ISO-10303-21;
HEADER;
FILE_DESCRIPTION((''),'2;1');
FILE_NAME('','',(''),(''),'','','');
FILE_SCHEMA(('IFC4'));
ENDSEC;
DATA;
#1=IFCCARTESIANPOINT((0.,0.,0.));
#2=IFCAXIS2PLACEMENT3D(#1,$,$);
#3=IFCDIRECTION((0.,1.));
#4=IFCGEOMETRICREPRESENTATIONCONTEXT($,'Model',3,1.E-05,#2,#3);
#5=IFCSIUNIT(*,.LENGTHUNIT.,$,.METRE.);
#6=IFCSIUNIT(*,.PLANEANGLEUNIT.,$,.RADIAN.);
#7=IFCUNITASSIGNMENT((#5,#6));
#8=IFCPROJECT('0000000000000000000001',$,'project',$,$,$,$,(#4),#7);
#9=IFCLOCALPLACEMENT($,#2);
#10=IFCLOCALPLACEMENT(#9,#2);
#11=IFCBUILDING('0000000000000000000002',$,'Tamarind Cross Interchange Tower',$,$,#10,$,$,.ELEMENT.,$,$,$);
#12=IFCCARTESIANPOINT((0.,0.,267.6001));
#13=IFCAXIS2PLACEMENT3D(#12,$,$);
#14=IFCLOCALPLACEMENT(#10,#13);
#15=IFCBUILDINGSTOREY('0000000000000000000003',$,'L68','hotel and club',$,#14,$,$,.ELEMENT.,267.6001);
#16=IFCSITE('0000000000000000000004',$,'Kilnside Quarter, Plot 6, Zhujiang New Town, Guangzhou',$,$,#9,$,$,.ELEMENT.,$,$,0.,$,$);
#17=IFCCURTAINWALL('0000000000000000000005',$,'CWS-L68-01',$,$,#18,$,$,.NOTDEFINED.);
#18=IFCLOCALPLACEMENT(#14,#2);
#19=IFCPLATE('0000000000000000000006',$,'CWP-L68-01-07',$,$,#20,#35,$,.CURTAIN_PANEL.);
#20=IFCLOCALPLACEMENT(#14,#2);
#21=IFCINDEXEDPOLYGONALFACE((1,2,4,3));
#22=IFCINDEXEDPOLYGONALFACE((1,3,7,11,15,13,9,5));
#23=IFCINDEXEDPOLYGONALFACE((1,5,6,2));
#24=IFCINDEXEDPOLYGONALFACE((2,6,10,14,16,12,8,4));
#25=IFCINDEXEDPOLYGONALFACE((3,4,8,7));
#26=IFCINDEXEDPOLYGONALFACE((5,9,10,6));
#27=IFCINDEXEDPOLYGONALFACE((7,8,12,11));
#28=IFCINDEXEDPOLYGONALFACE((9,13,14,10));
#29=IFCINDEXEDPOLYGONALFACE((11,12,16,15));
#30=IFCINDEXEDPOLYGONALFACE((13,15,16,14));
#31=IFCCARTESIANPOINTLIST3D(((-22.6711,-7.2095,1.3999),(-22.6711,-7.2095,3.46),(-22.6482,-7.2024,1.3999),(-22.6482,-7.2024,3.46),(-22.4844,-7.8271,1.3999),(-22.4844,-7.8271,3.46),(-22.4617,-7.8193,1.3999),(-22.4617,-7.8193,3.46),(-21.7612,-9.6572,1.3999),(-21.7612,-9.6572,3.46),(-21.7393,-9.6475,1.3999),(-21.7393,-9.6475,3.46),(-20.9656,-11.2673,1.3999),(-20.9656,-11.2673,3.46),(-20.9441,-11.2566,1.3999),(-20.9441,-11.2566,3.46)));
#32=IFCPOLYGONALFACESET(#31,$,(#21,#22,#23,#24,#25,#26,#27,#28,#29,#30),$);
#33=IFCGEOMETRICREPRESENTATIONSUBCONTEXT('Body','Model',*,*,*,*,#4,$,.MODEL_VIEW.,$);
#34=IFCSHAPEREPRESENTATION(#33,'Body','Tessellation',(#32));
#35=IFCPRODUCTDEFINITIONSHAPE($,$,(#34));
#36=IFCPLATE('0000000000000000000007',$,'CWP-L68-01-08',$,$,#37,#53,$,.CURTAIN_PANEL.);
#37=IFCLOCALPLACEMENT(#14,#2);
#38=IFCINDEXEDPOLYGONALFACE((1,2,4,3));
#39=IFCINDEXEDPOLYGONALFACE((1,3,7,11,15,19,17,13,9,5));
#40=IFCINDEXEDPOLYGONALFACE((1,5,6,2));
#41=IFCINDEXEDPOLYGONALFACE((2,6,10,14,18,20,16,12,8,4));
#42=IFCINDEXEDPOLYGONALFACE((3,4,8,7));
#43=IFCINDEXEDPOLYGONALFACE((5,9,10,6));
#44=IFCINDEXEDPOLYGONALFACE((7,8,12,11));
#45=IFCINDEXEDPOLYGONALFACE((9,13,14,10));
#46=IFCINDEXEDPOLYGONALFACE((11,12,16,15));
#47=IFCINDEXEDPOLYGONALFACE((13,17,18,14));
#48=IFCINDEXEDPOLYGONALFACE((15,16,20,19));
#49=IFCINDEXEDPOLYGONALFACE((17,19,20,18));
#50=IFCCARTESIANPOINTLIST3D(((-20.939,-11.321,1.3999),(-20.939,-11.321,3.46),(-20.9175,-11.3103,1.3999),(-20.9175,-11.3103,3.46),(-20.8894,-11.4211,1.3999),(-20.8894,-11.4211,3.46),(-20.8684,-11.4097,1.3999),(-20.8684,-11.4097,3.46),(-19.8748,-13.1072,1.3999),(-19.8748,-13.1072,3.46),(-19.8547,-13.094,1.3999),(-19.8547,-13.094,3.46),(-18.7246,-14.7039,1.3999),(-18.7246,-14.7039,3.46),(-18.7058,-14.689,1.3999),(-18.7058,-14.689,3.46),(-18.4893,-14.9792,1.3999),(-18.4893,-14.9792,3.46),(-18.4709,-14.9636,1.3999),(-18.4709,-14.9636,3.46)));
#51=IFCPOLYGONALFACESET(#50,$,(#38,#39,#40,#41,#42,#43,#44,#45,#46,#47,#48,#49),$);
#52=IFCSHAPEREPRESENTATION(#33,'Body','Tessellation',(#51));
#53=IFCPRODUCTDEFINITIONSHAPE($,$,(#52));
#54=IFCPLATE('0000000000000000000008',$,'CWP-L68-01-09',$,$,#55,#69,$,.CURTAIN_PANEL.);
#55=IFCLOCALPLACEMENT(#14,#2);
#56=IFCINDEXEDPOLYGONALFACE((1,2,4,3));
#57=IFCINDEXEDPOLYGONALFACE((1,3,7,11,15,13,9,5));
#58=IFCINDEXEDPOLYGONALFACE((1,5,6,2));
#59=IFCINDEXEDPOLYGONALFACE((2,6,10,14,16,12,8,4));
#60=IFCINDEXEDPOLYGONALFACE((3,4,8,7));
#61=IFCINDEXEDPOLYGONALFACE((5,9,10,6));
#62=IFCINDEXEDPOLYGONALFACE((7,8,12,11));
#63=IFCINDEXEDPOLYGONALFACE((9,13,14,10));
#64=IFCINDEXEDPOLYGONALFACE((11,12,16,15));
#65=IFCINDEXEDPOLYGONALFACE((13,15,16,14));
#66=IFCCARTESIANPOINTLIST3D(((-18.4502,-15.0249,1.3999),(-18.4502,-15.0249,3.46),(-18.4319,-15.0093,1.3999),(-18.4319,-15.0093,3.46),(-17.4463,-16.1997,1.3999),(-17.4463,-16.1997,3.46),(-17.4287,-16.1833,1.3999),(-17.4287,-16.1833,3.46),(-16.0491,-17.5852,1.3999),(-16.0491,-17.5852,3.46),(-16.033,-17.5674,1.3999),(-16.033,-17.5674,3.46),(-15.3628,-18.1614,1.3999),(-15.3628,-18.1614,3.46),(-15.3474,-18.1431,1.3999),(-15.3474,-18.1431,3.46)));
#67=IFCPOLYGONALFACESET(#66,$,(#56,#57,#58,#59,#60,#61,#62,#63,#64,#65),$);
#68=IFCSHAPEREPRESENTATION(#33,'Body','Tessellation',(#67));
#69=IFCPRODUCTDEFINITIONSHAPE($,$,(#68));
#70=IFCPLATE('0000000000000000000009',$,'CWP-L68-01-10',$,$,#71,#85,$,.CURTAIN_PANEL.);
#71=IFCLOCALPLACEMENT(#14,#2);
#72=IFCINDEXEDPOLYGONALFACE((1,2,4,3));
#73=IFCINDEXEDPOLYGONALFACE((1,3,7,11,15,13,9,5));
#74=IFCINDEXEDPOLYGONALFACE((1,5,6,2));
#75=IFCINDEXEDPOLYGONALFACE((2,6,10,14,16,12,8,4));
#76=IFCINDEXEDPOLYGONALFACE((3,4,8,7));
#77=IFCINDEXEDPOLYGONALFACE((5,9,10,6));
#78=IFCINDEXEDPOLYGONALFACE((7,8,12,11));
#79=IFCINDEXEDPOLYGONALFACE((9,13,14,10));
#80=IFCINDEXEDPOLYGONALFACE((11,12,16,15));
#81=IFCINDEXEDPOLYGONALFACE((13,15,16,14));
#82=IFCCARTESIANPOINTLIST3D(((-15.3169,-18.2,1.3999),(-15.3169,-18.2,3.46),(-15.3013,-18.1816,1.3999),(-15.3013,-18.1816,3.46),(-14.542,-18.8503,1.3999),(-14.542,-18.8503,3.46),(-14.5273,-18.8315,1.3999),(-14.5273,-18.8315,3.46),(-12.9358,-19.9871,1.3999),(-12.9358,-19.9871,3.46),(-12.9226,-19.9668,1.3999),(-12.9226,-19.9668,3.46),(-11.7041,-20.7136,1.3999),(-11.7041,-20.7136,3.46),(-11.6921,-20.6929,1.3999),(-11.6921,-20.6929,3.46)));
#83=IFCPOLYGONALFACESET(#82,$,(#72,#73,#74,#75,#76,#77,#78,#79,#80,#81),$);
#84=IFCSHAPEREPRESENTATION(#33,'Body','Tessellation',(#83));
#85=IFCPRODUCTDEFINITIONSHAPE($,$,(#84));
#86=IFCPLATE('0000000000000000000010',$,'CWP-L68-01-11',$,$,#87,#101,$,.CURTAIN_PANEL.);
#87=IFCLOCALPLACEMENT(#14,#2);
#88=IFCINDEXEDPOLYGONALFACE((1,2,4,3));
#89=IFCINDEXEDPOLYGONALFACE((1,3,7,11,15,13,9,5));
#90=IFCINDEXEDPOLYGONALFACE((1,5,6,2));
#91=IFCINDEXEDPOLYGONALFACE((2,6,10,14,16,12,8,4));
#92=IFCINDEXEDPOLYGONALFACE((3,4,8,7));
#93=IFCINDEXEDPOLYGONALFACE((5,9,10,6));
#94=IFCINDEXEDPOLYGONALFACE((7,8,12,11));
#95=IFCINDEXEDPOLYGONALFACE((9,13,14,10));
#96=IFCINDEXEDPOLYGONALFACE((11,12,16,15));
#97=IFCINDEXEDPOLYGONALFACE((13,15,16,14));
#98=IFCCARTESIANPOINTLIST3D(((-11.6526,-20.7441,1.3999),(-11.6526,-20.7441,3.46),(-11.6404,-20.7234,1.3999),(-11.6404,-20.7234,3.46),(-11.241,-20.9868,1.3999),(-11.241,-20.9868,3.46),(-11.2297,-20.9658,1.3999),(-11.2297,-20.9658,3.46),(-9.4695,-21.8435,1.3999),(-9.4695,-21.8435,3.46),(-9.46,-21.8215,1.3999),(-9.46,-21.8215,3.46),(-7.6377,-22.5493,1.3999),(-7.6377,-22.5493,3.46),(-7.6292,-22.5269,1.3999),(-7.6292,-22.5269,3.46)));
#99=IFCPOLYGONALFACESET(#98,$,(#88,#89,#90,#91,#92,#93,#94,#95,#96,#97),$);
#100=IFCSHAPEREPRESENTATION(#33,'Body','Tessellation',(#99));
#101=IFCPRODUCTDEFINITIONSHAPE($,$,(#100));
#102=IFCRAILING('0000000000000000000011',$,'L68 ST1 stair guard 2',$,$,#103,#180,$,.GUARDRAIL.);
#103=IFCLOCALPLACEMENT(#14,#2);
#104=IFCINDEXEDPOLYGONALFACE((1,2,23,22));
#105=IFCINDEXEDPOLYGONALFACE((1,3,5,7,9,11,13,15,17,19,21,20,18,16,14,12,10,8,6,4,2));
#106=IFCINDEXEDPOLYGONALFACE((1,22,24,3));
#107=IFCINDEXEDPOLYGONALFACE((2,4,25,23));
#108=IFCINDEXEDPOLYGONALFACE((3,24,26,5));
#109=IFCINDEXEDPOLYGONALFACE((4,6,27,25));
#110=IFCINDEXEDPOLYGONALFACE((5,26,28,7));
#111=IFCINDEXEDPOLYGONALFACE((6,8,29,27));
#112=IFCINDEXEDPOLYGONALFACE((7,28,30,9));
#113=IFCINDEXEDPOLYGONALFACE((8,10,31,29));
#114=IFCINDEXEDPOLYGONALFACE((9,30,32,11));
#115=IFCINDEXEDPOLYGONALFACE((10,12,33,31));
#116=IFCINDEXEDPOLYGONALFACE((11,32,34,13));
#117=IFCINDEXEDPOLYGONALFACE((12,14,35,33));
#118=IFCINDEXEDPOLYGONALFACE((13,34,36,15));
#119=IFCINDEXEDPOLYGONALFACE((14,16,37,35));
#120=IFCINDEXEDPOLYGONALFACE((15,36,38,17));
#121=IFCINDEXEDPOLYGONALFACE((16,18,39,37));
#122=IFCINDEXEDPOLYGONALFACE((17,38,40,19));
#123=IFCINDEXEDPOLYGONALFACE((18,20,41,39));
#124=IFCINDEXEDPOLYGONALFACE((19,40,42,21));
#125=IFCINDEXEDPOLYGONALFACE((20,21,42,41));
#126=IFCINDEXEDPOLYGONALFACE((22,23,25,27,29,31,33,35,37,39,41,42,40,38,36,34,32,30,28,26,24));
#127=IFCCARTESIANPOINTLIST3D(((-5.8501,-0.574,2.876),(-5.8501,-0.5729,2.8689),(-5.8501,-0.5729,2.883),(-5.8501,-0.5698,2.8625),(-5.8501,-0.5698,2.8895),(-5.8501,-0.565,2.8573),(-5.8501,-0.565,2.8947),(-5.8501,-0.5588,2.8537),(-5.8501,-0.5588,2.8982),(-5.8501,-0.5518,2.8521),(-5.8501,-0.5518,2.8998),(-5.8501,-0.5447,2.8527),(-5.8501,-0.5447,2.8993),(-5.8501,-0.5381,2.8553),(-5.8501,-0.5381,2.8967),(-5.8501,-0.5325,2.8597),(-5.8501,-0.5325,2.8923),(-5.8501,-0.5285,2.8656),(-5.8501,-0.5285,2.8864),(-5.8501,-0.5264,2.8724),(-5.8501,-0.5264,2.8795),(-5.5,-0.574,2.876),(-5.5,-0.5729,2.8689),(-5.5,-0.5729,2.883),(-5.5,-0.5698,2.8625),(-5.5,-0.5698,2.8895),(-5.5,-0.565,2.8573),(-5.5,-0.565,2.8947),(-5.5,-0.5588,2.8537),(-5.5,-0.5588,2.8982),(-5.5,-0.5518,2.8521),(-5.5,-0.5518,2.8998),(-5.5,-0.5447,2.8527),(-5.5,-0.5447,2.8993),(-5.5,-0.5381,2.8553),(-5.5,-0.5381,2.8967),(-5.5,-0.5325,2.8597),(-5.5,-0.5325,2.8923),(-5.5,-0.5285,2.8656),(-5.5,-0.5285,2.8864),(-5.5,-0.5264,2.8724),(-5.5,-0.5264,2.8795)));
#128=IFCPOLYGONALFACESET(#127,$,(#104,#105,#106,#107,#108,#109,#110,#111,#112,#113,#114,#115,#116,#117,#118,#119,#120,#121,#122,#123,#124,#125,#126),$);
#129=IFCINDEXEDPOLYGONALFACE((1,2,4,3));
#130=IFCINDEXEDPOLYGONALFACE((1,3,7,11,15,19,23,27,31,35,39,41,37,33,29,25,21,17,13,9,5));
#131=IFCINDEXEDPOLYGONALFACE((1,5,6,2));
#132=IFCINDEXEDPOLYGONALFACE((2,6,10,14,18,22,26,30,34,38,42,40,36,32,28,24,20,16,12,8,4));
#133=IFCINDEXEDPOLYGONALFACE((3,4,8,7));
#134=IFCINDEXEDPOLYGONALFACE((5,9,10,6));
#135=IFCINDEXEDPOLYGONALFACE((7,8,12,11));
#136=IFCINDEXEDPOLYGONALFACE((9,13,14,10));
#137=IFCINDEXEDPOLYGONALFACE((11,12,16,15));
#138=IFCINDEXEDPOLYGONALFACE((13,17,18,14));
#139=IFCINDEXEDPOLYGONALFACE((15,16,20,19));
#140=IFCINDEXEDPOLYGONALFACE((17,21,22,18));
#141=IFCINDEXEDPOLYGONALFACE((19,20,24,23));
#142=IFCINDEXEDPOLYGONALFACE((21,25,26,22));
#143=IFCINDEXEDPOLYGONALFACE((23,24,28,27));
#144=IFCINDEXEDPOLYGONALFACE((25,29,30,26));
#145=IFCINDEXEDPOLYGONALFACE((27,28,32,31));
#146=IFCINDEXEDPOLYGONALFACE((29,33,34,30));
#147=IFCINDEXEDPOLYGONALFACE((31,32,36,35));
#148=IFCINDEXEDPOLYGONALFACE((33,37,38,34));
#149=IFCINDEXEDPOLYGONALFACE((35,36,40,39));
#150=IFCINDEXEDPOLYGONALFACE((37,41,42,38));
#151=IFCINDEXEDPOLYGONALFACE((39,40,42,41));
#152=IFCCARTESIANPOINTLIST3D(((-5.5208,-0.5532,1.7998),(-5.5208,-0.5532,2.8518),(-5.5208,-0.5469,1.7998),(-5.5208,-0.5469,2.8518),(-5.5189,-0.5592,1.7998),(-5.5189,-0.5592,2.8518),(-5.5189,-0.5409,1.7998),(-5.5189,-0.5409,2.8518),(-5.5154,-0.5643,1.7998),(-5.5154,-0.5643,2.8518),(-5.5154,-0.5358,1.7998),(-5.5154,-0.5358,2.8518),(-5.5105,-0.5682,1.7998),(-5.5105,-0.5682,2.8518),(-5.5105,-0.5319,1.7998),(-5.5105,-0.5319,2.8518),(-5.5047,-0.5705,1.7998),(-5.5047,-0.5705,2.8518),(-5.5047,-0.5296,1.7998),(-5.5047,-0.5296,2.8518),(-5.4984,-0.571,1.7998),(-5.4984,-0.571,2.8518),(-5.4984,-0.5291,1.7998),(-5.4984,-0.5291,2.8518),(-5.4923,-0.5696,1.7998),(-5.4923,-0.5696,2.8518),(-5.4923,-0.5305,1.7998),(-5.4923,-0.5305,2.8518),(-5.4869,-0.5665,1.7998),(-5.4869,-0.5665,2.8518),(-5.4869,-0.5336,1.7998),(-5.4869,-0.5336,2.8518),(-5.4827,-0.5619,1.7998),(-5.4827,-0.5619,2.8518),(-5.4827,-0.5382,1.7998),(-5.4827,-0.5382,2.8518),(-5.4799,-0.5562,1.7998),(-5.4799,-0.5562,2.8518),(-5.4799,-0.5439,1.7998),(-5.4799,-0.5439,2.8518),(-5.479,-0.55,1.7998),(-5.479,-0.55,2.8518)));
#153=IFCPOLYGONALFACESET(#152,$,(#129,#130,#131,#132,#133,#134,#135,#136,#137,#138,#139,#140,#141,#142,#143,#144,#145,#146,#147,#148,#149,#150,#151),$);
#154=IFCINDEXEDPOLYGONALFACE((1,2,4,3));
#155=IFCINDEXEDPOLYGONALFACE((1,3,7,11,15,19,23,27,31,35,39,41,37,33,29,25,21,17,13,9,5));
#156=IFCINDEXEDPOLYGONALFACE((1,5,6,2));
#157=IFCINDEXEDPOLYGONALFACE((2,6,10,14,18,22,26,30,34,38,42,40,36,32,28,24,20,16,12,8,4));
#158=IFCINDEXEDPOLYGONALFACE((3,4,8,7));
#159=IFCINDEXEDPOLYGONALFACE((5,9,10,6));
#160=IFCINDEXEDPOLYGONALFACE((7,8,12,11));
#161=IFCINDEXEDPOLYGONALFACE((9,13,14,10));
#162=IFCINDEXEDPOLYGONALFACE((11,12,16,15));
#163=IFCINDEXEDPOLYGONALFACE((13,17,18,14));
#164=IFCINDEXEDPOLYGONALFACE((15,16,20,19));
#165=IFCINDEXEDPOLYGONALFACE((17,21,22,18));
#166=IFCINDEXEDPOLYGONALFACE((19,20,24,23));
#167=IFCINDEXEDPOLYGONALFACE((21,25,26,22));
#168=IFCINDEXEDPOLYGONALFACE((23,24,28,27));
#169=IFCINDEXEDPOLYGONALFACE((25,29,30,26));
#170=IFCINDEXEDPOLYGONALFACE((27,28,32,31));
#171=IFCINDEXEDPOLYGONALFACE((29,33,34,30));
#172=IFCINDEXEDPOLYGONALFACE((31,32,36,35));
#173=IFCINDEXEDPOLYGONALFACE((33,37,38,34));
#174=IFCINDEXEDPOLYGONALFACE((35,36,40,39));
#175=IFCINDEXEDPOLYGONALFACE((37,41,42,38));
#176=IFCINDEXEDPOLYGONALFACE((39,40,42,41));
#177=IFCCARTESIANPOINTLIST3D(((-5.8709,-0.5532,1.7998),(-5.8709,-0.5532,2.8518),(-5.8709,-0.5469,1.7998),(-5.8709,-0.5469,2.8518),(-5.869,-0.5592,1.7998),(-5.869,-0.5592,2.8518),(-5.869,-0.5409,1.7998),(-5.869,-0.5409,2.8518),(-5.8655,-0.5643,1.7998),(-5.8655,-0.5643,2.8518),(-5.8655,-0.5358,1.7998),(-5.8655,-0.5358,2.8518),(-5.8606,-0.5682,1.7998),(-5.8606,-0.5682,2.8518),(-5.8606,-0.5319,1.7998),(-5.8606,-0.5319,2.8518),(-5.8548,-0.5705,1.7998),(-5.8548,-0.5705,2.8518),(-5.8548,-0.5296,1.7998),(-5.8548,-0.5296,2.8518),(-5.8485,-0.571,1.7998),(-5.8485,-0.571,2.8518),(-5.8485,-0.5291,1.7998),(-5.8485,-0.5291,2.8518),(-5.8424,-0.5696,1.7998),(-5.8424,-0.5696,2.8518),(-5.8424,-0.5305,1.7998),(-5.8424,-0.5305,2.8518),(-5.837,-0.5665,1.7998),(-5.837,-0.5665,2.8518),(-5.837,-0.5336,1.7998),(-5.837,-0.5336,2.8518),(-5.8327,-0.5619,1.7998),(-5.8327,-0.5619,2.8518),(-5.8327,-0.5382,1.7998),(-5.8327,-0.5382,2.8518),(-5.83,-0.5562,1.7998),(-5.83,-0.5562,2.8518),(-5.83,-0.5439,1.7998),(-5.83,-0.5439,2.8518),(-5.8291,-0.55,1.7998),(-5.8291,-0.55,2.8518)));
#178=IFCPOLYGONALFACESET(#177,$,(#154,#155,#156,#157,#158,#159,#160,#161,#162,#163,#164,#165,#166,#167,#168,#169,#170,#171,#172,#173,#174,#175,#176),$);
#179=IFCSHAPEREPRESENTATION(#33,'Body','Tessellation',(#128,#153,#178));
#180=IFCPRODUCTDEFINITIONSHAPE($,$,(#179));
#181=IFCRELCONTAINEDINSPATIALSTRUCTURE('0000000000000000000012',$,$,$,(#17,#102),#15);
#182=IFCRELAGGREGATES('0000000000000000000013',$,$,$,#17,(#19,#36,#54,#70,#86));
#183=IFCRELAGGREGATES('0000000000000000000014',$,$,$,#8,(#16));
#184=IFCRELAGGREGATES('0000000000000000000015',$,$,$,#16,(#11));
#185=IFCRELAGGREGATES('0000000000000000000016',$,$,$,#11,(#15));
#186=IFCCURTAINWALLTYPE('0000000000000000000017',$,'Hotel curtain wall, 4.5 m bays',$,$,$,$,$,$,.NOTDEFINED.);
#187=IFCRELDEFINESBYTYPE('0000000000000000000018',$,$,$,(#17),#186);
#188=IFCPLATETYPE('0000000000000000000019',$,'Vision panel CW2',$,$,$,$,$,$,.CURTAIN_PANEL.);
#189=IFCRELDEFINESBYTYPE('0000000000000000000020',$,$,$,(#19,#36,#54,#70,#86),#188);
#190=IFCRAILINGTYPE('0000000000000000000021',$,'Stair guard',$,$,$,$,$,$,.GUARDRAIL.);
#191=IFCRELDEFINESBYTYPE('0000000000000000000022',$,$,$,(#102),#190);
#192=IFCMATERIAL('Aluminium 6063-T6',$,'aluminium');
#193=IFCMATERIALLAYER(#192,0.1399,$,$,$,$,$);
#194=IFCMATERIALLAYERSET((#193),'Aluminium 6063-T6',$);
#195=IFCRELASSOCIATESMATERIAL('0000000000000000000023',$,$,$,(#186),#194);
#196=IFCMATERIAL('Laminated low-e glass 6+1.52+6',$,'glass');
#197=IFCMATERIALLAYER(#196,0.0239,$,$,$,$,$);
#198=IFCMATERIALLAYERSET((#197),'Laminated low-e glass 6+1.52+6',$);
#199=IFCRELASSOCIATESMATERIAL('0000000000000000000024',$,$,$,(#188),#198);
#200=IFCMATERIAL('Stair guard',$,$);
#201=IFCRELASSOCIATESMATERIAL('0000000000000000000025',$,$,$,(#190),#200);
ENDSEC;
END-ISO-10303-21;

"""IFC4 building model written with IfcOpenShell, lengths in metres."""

from ifc_helpers import new_model, si_unit, direction, frame, origin, origin_2d, place, context, subcontext, project, spatial, polyline, circle, outline, extrude, material, layer, layer_set, type_object, element, aggregate, save


model = new_model("IFC4")

# Units and contexts
model_context = context("Model", 3, precision=1e-05, world=origin(), true_north=direction((0.0, 1.0)))
body_context = subcontext(model_context, "Body", "Model", "MODEL_VIEW")
ifc_project = project(units=[si_unit("LENGTHUNIT", "METRE"), si_unit("PLANEANGLEUNIT", "RADIAN")], contexts=[model_context])

# Site, building, storey
site_placement = place(None, origin())
site = spatial("IfcSite", under=ifc_project, at=site_placement, Name="Kilnside Quarter, Plot 6, Zhujiang New Town, Guangzhou", CompositionType="ELEMENT", RefElevation=0.0)
building_placement = place(site_placement, origin())
building = spatial("IfcBuilding", under=site, at=building_placement, Name="Tamarind Cross Interchange Tower", CompositionType="ELEMENT")
storey_placement = place(building_placement, frame((0.0, 0.0, 267.6001)))
storey = spatial("IfcBuildingStorey", under=building, at=storey_placement, Name="L68", Description="hotel and club", CompositionType="ELEMENT", Elevation=267.6001)

# Shared definitions
ifc_material_1 = material(Name="Aluminium 6063-T6", Category="aluminium")
ifc_layer_1 = layer(ifc_material_1, 0.1399)
ifc_layer_set_1 = layer_set([ifc_layer_1], Name="Aluminium 6063-T6")
curtain_wall_type = type_object("IfcCurtainWallType", Name="Hotel curtain wall, 4.5 m bays", PredefinedType="NOTDEFINED", material=ifc_layer_set_1)

# Shared definitions
ifc_material_2 = material(Name="Laminated low-e glass 6+1.52+6", Category="glass")
ifc_layer_2 = layer(ifc_material_2, 0.0239)
ifc_layer_set_2 = layer_set([ifc_layer_2], Name="Laminated low-e glass 6+1.52+6")
plate_type = type_object("IfcPlateType", Name="Vision panel CW2", PredefinedType="CURTAIN_PANEL", material=ifc_layer_set_2)

# Curtain wall, plates
curtain_wall_1_placement = place(storey_placement, origin())
curtain_wall_1 = element("IfcCurtainWall", 1, at=curtain_wall_1_placement, inside=storey, type_object=curtain_wall_type, Name="CWS-L68-01", PredefinedType="NOTDEFINED")
plate_1_placement = place(storey_placement, frame((0.0, 0.0, 1.3999)))
plate_1 = element("IfcPlate", 2, at=plate_1_placement, type_object=plate_type, Name="CWP-L68-01-07", PredefinedType="CURTAIN_PANEL", context=body_context, shape_type="SweptSolid", body=[
    extrude(outline(polyline([(-22.6482, -7.2024), (-22.4617, -7.8193), (-21.7393, -9.6475), (-20.9441, -11.2566), (-20.9656, -11.2673), (-21.7612, -9.6572), (-22.4844, -7.8271), (-22.6711, -7.2095), (-22.6482, -7.2024)])), origin(), (0.0, 0.0, 1.0), 2.0601),
])
plate_2_placement = place(storey_placement, frame((0.0, 0.0, 1.3999)))
plate_2 = element("IfcPlate", 3, at=plate_2_placement, type_object=plate_type, Name="CWP-L68-01-08", PredefinedType="CURTAIN_PANEL", context=body_context, shape_type="SweptSolid", body=[
    extrude(outline(polyline([(-20.9175, -11.3103), (-20.8684, -11.4097), (-19.8547, -13.094), (-18.7058, -14.689), (-18.4709, -14.9636), (-18.4893, -14.9792), (-18.7246, -14.7039), (-19.8748, -13.1072), (-20.8894, -11.4211), (-20.939, -11.321), (-20.9175, -11.3103)])), origin(), (0.0, 0.0, 1.0), 2.0601),
])
plate_3_placement = place(storey_placement, frame((0.0, 0.0, 1.3999)))
plate_3 = element("IfcPlate", 4, at=plate_3_placement, type_object=plate_type, Name="CWP-L68-01-09", PredefinedType="CURTAIN_PANEL", context=body_context, shape_type="SweptSolid", body=[
    extrude(outline(polyline([(-18.4319, -15.0093), (-17.4287, -16.1833), (-16.033, -17.5674), (-15.3474, -18.1431), (-15.3628, -18.1614), (-16.0491, -17.5852), (-17.4463, -16.1997), (-18.4502, -15.0249), (-18.4319, -15.0093)])), origin(), (0.0, 0.0, 1.0), 2.0601),
])
plate_4_placement = place(storey_placement, frame((0.0, 0.0, 1.3999)))
plate_4 = element("IfcPlate", 5, at=plate_4_placement, type_object=plate_type, Name="CWP-L68-01-10", PredefinedType="CURTAIN_PANEL", context=body_context, shape_type="SweptSolid", body=[
    extrude(outline(polyline([(-15.3013, -18.1816), (-14.5273, -18.8315), (-12.9226, -19.9668), (-11.6921, -20.6929), (-11.7041, -20.7136), (-12.9358, -19.9871), (-14.542, -18.8503), (-15.3169, -18.2), (-15.3013, -18.1816)])), origin(), (0.0, 0.0, 1.0), 2.0601),
])
plate_5_placement = place(storey_placement, frame((0.0, 0.0, 1.3999)))
plate_5 = element("IfcPlate", 6, at=plate_5_placement, type_object=plate_type, Name="CWP-L68-01-11", PredefinedType="CURTAIN_PANEL", context=body_context, shape_type="SweptSolid", body=[
    extrude(outline(polyline([(-11.6404, -20.7234), (-11.2297, -20.9658), (-9.46, -21.8215), (-7.6292, -22.5269), (-7.6377, -22.5493), (-9.4695, -21.8435), (-11.241, -20.9868), (-11.6526, -20.7441), (-11.6404, -20.7234)])), origin(), (0.0, 0.0, 1.0), 2.0601),
])
aggregate(curtain_wall_1, [plate_1, plate_2, plate_3, plate_4, plate_5])

# Railing
ifc_material_3 = material(Name="Stair guard")
railing_type = type_object("IfcRailingType", Name="Stair guard", PredefinedType="GUARDRAIL", material=ifc_material_3)
railing_placement = place(storey_placement, frame((-5.5, -0.55, 1.7998)))
element("IfcRailing", 7, at=railing_placement, inside=storey, type_object=railing_type, Name="L68 ST1 stair guard 2", PredefinedType="GUARDRAIL", context=body_context, shape_type="SweptSolid", body=[
    extrude(circle(Radius=0.0239, at=origin_2d()), frame((0.0, 0.0, 1.0762), z_axis=(-1.0, 0.0, 0.0), x_axis=(0.0, -1.0, 0.0)), (0.0, 0.0, 1.0), 0.3501),
    extrude(circle(Radius=0.021, at=origin_2d()), origin(), (0.0, 0.0, 1.0), 1.052),
    extrude(circle(Radius=0.021, at=origin_2d()), frame((-0.3501, 0.0, 0.0)), (0.0, 0.0, 1.0), 1.052),
])

save(model, "model.ifc")
